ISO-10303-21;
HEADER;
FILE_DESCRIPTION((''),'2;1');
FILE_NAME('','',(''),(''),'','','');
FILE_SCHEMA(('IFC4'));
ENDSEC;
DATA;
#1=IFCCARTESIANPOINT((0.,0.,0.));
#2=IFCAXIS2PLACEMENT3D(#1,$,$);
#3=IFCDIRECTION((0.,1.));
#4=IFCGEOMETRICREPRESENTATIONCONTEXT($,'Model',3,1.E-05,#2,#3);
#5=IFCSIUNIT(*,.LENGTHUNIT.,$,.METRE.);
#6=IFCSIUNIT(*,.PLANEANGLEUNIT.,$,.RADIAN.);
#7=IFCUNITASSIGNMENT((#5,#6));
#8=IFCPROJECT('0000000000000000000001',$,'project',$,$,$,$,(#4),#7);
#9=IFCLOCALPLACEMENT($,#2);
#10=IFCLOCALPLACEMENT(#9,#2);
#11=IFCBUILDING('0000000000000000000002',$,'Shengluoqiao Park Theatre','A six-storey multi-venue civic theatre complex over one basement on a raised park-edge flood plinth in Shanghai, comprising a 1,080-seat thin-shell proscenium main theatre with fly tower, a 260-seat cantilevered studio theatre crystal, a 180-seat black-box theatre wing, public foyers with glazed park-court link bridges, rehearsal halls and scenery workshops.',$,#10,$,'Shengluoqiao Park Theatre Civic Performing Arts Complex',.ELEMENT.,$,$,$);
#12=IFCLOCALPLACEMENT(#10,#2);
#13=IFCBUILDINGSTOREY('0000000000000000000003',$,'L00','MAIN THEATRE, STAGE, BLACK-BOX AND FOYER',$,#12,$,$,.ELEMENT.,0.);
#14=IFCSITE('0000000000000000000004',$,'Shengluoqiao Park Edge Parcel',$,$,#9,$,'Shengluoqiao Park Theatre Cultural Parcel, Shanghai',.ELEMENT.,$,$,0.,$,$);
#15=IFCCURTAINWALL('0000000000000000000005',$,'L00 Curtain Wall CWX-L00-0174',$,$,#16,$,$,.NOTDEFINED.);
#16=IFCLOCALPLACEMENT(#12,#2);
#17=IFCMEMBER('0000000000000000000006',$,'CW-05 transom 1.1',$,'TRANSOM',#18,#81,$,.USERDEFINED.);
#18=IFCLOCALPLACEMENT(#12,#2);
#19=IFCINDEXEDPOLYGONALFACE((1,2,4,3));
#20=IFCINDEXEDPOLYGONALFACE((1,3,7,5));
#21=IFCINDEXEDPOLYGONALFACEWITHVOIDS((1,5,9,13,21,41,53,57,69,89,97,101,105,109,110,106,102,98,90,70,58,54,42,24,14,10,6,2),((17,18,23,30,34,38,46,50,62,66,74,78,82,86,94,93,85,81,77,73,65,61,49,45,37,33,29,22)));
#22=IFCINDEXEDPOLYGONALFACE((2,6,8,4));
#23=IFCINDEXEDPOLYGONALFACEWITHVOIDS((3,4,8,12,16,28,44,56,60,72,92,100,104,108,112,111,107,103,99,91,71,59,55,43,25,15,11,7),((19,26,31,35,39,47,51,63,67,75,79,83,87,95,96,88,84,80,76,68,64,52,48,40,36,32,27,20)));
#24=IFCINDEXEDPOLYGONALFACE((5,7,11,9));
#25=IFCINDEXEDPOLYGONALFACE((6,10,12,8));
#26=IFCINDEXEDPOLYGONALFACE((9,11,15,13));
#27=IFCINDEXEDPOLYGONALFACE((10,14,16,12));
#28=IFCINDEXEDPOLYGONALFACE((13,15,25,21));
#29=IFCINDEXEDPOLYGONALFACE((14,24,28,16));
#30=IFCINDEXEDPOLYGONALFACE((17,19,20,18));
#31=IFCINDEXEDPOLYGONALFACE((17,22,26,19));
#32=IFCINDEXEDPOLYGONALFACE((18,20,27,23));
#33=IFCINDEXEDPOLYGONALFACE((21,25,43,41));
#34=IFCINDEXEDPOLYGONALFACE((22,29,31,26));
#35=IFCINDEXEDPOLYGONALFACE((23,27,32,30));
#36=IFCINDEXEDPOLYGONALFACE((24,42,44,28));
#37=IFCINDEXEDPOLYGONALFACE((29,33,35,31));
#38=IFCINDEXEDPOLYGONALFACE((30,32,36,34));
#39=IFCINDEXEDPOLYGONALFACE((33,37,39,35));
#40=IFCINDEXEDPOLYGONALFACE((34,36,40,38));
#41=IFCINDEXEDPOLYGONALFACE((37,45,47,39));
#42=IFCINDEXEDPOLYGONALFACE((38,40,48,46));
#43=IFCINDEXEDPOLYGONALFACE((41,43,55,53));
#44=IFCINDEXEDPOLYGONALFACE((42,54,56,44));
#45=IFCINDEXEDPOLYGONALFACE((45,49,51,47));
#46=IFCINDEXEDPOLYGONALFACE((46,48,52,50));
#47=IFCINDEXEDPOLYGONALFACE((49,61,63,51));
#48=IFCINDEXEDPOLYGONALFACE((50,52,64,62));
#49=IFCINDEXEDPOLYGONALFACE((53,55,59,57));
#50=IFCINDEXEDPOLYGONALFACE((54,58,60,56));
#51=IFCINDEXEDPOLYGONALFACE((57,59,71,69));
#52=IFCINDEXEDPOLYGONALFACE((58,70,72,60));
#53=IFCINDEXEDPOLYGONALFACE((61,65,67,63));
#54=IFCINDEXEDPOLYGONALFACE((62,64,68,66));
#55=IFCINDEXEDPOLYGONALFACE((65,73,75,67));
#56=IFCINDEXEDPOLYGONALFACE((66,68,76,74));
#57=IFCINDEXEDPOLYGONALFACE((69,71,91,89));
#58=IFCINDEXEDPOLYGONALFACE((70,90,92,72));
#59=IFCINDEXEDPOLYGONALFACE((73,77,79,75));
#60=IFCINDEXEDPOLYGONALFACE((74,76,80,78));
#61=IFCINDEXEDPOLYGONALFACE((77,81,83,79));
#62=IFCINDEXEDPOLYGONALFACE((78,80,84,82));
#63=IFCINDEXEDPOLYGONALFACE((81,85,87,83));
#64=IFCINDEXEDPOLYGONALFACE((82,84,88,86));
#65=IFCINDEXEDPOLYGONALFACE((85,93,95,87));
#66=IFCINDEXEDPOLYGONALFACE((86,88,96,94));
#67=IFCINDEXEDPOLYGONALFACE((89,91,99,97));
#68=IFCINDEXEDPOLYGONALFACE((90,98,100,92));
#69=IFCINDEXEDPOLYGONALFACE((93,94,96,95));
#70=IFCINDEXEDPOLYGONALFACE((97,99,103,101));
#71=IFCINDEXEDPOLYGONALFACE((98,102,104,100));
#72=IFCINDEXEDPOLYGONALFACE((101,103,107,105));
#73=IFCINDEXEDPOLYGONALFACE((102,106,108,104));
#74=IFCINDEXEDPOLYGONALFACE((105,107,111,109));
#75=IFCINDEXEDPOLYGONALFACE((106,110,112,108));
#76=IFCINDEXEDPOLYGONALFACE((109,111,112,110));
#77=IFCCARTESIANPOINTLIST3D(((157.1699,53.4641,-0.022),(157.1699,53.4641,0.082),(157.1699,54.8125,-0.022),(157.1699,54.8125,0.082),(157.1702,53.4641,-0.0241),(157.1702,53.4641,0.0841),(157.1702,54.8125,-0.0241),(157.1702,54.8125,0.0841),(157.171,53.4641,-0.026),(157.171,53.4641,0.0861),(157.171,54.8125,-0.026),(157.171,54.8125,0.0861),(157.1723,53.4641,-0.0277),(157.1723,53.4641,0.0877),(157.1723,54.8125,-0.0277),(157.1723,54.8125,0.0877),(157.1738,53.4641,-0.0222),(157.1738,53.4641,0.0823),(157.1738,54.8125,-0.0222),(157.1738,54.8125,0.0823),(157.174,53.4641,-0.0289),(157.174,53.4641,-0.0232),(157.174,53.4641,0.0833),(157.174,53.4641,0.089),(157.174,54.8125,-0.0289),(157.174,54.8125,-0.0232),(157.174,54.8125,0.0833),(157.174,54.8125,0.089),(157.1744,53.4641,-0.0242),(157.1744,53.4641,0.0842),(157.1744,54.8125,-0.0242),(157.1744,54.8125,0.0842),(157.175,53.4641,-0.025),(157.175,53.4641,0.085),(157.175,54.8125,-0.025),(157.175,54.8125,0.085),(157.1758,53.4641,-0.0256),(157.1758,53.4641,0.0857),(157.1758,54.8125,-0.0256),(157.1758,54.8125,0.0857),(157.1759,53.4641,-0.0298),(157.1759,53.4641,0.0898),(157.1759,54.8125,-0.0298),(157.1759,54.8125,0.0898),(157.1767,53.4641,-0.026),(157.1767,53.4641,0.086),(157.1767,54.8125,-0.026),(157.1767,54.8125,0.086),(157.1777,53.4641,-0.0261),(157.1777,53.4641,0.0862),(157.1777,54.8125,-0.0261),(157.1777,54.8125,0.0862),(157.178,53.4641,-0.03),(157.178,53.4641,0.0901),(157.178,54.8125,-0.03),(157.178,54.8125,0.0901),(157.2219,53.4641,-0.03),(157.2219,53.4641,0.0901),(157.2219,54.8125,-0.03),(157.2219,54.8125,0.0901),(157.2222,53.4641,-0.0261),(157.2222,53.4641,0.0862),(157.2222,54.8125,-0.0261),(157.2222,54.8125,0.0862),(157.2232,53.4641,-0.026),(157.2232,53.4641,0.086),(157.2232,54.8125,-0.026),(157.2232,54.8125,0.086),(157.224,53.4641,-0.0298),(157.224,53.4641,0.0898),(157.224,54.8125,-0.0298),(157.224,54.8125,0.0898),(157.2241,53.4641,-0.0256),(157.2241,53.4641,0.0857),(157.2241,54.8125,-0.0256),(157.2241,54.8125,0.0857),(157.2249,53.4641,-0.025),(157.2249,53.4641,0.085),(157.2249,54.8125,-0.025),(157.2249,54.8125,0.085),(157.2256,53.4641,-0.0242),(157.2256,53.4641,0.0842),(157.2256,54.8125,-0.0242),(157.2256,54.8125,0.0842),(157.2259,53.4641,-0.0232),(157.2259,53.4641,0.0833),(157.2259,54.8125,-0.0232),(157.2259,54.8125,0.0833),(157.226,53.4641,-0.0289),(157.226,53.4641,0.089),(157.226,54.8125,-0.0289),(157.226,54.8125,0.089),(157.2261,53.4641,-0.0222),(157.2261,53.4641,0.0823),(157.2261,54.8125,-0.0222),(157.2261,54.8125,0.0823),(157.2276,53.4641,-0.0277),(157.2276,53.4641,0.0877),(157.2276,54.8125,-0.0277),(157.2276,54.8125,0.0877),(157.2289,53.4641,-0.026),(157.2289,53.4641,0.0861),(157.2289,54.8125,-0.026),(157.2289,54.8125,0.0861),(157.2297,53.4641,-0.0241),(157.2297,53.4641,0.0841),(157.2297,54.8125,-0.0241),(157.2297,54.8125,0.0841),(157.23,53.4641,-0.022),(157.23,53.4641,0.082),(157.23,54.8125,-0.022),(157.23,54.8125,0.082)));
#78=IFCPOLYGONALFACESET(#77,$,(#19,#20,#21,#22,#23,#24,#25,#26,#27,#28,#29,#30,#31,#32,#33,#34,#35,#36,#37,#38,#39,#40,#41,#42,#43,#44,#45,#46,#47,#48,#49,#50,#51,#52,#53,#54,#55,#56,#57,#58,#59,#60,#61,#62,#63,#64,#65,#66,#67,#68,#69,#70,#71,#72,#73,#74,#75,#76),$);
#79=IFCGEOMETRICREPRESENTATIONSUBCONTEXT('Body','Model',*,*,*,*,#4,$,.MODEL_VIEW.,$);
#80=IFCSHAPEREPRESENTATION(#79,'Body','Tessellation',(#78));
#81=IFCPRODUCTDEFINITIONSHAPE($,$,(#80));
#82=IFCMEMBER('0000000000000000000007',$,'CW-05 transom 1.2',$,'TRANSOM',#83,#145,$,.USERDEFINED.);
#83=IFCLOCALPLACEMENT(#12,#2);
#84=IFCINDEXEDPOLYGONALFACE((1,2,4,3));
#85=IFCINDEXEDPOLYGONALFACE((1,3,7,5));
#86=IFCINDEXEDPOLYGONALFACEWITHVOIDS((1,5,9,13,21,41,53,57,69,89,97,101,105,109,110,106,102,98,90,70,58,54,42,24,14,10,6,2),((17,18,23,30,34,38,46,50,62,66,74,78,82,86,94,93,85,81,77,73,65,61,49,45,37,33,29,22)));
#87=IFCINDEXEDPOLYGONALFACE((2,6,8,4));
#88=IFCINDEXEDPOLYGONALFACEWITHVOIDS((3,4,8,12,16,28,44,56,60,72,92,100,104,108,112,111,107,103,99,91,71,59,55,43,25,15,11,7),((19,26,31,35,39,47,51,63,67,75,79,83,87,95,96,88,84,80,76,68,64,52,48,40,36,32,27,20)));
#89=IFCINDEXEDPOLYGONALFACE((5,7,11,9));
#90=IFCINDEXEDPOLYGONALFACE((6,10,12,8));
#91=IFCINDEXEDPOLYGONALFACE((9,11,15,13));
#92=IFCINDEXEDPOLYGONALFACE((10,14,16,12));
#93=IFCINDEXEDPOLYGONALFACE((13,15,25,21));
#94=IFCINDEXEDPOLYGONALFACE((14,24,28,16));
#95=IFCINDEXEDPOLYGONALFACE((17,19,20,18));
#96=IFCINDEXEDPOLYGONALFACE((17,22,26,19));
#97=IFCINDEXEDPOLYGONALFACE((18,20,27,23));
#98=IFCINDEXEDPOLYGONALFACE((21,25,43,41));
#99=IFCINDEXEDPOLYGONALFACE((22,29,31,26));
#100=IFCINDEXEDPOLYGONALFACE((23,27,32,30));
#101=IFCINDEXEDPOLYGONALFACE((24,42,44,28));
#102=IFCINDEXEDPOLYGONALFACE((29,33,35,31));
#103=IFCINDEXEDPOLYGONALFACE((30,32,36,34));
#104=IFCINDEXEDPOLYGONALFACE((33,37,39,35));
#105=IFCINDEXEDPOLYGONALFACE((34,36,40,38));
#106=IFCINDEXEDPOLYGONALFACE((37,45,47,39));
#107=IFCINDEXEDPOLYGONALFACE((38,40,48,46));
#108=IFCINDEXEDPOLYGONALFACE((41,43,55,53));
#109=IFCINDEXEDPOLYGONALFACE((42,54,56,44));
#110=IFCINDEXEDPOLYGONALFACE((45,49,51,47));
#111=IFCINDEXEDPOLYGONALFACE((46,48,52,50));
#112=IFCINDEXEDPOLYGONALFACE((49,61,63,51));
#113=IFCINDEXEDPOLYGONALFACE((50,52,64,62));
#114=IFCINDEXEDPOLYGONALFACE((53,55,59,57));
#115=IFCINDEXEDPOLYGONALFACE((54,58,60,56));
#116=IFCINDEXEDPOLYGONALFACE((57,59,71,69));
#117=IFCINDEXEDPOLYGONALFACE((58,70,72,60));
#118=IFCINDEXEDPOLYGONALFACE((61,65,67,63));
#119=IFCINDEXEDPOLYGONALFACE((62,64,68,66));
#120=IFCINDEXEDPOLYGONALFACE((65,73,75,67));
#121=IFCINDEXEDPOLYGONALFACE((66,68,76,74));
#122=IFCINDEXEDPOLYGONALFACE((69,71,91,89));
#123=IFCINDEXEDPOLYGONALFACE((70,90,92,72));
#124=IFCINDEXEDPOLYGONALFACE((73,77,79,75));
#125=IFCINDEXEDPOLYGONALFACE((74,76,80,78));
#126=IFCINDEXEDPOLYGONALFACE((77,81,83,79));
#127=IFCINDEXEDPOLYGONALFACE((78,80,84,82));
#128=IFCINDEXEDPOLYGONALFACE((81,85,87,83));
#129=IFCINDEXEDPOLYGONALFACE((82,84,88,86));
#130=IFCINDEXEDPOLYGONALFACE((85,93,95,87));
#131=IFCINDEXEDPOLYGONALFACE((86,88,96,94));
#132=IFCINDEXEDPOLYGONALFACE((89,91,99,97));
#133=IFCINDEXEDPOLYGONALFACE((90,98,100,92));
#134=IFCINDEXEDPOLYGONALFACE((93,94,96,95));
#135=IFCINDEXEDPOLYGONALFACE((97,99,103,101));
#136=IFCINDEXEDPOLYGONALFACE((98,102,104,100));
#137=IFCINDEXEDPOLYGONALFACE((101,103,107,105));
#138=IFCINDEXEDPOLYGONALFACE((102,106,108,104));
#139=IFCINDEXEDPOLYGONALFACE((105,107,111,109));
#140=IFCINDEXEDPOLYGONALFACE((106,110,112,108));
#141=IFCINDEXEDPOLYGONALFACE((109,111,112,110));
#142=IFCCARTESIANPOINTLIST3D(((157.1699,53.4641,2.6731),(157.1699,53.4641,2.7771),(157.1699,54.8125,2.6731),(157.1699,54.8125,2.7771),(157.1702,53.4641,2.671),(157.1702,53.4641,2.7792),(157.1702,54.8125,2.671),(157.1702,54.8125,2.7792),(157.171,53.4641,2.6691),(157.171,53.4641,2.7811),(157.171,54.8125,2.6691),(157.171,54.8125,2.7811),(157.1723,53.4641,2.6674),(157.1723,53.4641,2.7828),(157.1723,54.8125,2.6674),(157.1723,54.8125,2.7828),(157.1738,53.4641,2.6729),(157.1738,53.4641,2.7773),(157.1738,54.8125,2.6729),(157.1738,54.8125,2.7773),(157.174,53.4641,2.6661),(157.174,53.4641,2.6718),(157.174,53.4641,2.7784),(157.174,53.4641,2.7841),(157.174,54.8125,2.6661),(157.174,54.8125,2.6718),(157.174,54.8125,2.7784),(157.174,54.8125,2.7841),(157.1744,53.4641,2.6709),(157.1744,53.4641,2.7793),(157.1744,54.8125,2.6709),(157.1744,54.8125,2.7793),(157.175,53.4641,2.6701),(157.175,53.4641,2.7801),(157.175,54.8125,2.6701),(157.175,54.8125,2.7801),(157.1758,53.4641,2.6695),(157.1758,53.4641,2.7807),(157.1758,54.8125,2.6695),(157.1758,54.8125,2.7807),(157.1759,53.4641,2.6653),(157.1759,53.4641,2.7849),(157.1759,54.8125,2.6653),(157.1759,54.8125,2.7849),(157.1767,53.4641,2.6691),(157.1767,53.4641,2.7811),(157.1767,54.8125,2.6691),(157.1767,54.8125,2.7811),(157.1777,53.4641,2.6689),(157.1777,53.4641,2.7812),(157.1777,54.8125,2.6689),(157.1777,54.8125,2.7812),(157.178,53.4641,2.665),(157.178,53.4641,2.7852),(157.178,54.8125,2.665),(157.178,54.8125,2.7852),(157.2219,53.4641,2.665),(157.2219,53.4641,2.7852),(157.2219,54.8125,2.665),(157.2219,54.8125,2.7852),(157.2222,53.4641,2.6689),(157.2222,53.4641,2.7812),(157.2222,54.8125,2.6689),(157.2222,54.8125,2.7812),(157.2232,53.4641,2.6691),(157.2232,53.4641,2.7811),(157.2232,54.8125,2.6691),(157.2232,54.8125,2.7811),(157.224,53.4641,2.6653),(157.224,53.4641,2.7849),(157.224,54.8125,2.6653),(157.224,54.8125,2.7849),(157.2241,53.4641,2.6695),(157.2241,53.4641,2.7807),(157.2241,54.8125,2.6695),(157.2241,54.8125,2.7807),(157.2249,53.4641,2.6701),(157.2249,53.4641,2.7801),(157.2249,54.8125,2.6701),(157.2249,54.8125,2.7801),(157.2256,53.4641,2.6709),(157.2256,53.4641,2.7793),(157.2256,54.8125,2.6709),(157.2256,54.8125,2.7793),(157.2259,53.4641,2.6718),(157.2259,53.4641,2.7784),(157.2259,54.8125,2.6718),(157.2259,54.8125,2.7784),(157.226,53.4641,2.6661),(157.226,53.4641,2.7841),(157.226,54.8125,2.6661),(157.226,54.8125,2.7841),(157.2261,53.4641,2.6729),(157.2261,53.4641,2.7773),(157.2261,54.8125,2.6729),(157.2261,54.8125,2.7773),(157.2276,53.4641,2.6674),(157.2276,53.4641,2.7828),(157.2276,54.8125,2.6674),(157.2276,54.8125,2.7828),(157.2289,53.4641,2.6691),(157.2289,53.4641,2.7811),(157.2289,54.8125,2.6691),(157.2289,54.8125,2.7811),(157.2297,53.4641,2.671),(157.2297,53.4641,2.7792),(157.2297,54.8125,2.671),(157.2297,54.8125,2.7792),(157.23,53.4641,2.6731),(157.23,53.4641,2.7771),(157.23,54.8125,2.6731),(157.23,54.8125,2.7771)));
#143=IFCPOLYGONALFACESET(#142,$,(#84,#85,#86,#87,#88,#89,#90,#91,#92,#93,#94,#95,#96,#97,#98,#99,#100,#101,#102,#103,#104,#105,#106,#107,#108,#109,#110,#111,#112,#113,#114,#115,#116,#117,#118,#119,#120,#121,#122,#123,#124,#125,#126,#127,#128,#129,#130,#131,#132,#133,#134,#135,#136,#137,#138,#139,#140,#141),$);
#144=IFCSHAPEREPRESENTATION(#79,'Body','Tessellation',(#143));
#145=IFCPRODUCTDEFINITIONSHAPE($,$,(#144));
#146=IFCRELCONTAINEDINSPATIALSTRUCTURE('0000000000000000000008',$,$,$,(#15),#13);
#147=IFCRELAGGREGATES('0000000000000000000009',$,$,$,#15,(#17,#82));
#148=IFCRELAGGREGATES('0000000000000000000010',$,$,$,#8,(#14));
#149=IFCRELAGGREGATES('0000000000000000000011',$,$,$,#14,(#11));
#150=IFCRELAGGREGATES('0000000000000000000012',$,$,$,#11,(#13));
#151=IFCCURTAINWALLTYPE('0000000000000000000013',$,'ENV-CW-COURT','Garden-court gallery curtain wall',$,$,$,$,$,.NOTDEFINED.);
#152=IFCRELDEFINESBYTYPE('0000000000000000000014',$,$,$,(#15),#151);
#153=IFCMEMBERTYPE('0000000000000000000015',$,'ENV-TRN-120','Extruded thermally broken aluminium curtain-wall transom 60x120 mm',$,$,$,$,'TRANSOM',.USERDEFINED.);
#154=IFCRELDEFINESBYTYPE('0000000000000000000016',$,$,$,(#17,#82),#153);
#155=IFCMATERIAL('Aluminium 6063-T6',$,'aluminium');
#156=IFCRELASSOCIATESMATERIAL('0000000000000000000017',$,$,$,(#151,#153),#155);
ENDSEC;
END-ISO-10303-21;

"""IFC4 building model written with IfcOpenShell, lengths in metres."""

from ifc_helpers import new_model, si_unit, direction, frame, origin, origin_2d, place, context, subcontext, project, spatial, hollow_rectangle, extrude, material, material_profile, profile_set, type_object, element, aggregate, save


model = new_model("IFC4")

# Units and contexts
model_context = context("Model", 3, precision=1e-05, world=origin(), true_north=direction((0.0, 1.0)))
body_context = subcontext(model_context, "Body", "Model", "MODEL_VIEW")
ifc_project = project(units=[si_unit("LENGTHUNIT", "METRE"), si_unit("PLANEANGLEUNIT", "RADIAN")], contexts=[model_context])

# Site, building, storey
site_placement = place(None, origin())
site = spatial("IfcSite", under=ifc_project, at=site_placement, Name="Shengluoqiao Park Edge Parcel", LongName="Shengluoqiao Park Theatre Cultural Parcel, Shanghai", CompositionType="ELEMENT", RefElevation=0.0)
building_placement = place(site_placement, origin())
building = spatial("IfcBuilding", under=site, at=building_placement, Name="Shengluoqiao Park Theatre", Description="A six-storey multi-venue civic theatre complex over one basement on a raised park-edge flood plinth in Shanghai, comprising a 1,080-seat thin-shell proscenium main theatre with fly tower, a 260-seat cantilevered studio theatre crystal, a 180-seat black-box theatre wing, public foyers with glazed park-court link bridges, rehearsal halls and scenery workshops.", LongName="Shengluoqiao Park Theatre Civic Performing Arts Complex", CompositionType="ELEMENT")
storey_placement = place(building_placement, origin())
storey = spatial("IfcBuildingStorey", under=building, at=storey_placement, Name="L00", Description="MAIN THEATRE, STAGE, BLACK-BOX AND FOYER", CompositionType="ELEMENT", Elevation=0.0)

# Shared definitions
ifc_material_1 = material(Name="Aluminium 6063-T6", Category="aluminium")
curtain_wall_type = type_object("IfcCurtainWallType", Name="ENV-CW-COURT", Description="Garden-court gallery curtain wall", PredefinedType="NOTDEFINED", material=ifc_material_1)

# Curtain wall, members
curtain_wall_1_placement = place(storey_placement, origin())
curtain_wall_1 = element("IfcCurtainWall", 1, at=curtain_wall_1_placement, inside=storey, type_object=curtain_wall_type, Name="L00 Curtain Wall CWX-L00-0174", PredefinedType="NOTDEFINED")
ifc_material_profile_1 = material_profile(ifc_material_1, hollow_rectangle(XDim=0.0601, YDim=0.1201, WallThickness=0.0039, InnerFilletRadius=0.0039, OuterFilletRadius=0.0081, at=origin_2d()), Name="ALU TRANSOM 120x60x4")
ifc_profile_set_1 = profile_set([ifc_material_profile_1], Name="Aluminium 6063-T6")
member_type_1 = type_object("IfcMemberType", Name="ENV-TRN-120", Description="Extruded thermally broken aluminium curtain-wall transom 60x120 mm", ElementType="TRANSOM", PredefinedType="USERDEFINED", material=ifc_profile_set_1)
member_1_placement = place(storey_placement, frame((157.2, 53.4641, 0.03), z_axis=(0.0, 1.0, 0.0), x_axis=(-1.0, 0.0, 0.0)))
member_1 = element("IfcMember", 2, at=member_1_placement, type_object=member_type_1, Name="CW-05 transom 1.1", ObjectType="TRANSOM", PredefinedType="USERDEFINED", context=body_context, shape_type="SweptSolid", body=[
    extrude(hollow_rectangle(XDim=0.0601, YDim=0.1201, WallThickness=0.0039, InnerFilletRadius=0.0039, OuterFilletRadius=0.0081, at=origin_2d()), origin(), (0.0, 0.0, 1.0), 1.3484),
])
member_2_placement = place(storey_placement, frame((157.2, 53.4641, 2.7251), z_axis=(0.0, 1.0, 0.0), x_axis=(-1.0, 0.0, 0.0)))
member_2 = element("IfcMember", 3, at=member_2_placement, type_object=member_type_1, Name="CW-05 transom 1.2", ObjectType="TRANSOM", PredefinedType="USERDEFINED", context=body_context, shape_type="SweptSolid", body=[
    extrude(hollow_rectangle(XDim=0.0601, YDim=0.1201, WallThickness=0.0039, InnerFilletRadius=0.0039, OuterFilletRadius=0.0081, at=origin_2d()), origin(), (0.0, 0.0, 1.0), 1.3484),
])

aggregate(curtain_wall_1, [member_1, member_2])

save(model, "model.ifc")
